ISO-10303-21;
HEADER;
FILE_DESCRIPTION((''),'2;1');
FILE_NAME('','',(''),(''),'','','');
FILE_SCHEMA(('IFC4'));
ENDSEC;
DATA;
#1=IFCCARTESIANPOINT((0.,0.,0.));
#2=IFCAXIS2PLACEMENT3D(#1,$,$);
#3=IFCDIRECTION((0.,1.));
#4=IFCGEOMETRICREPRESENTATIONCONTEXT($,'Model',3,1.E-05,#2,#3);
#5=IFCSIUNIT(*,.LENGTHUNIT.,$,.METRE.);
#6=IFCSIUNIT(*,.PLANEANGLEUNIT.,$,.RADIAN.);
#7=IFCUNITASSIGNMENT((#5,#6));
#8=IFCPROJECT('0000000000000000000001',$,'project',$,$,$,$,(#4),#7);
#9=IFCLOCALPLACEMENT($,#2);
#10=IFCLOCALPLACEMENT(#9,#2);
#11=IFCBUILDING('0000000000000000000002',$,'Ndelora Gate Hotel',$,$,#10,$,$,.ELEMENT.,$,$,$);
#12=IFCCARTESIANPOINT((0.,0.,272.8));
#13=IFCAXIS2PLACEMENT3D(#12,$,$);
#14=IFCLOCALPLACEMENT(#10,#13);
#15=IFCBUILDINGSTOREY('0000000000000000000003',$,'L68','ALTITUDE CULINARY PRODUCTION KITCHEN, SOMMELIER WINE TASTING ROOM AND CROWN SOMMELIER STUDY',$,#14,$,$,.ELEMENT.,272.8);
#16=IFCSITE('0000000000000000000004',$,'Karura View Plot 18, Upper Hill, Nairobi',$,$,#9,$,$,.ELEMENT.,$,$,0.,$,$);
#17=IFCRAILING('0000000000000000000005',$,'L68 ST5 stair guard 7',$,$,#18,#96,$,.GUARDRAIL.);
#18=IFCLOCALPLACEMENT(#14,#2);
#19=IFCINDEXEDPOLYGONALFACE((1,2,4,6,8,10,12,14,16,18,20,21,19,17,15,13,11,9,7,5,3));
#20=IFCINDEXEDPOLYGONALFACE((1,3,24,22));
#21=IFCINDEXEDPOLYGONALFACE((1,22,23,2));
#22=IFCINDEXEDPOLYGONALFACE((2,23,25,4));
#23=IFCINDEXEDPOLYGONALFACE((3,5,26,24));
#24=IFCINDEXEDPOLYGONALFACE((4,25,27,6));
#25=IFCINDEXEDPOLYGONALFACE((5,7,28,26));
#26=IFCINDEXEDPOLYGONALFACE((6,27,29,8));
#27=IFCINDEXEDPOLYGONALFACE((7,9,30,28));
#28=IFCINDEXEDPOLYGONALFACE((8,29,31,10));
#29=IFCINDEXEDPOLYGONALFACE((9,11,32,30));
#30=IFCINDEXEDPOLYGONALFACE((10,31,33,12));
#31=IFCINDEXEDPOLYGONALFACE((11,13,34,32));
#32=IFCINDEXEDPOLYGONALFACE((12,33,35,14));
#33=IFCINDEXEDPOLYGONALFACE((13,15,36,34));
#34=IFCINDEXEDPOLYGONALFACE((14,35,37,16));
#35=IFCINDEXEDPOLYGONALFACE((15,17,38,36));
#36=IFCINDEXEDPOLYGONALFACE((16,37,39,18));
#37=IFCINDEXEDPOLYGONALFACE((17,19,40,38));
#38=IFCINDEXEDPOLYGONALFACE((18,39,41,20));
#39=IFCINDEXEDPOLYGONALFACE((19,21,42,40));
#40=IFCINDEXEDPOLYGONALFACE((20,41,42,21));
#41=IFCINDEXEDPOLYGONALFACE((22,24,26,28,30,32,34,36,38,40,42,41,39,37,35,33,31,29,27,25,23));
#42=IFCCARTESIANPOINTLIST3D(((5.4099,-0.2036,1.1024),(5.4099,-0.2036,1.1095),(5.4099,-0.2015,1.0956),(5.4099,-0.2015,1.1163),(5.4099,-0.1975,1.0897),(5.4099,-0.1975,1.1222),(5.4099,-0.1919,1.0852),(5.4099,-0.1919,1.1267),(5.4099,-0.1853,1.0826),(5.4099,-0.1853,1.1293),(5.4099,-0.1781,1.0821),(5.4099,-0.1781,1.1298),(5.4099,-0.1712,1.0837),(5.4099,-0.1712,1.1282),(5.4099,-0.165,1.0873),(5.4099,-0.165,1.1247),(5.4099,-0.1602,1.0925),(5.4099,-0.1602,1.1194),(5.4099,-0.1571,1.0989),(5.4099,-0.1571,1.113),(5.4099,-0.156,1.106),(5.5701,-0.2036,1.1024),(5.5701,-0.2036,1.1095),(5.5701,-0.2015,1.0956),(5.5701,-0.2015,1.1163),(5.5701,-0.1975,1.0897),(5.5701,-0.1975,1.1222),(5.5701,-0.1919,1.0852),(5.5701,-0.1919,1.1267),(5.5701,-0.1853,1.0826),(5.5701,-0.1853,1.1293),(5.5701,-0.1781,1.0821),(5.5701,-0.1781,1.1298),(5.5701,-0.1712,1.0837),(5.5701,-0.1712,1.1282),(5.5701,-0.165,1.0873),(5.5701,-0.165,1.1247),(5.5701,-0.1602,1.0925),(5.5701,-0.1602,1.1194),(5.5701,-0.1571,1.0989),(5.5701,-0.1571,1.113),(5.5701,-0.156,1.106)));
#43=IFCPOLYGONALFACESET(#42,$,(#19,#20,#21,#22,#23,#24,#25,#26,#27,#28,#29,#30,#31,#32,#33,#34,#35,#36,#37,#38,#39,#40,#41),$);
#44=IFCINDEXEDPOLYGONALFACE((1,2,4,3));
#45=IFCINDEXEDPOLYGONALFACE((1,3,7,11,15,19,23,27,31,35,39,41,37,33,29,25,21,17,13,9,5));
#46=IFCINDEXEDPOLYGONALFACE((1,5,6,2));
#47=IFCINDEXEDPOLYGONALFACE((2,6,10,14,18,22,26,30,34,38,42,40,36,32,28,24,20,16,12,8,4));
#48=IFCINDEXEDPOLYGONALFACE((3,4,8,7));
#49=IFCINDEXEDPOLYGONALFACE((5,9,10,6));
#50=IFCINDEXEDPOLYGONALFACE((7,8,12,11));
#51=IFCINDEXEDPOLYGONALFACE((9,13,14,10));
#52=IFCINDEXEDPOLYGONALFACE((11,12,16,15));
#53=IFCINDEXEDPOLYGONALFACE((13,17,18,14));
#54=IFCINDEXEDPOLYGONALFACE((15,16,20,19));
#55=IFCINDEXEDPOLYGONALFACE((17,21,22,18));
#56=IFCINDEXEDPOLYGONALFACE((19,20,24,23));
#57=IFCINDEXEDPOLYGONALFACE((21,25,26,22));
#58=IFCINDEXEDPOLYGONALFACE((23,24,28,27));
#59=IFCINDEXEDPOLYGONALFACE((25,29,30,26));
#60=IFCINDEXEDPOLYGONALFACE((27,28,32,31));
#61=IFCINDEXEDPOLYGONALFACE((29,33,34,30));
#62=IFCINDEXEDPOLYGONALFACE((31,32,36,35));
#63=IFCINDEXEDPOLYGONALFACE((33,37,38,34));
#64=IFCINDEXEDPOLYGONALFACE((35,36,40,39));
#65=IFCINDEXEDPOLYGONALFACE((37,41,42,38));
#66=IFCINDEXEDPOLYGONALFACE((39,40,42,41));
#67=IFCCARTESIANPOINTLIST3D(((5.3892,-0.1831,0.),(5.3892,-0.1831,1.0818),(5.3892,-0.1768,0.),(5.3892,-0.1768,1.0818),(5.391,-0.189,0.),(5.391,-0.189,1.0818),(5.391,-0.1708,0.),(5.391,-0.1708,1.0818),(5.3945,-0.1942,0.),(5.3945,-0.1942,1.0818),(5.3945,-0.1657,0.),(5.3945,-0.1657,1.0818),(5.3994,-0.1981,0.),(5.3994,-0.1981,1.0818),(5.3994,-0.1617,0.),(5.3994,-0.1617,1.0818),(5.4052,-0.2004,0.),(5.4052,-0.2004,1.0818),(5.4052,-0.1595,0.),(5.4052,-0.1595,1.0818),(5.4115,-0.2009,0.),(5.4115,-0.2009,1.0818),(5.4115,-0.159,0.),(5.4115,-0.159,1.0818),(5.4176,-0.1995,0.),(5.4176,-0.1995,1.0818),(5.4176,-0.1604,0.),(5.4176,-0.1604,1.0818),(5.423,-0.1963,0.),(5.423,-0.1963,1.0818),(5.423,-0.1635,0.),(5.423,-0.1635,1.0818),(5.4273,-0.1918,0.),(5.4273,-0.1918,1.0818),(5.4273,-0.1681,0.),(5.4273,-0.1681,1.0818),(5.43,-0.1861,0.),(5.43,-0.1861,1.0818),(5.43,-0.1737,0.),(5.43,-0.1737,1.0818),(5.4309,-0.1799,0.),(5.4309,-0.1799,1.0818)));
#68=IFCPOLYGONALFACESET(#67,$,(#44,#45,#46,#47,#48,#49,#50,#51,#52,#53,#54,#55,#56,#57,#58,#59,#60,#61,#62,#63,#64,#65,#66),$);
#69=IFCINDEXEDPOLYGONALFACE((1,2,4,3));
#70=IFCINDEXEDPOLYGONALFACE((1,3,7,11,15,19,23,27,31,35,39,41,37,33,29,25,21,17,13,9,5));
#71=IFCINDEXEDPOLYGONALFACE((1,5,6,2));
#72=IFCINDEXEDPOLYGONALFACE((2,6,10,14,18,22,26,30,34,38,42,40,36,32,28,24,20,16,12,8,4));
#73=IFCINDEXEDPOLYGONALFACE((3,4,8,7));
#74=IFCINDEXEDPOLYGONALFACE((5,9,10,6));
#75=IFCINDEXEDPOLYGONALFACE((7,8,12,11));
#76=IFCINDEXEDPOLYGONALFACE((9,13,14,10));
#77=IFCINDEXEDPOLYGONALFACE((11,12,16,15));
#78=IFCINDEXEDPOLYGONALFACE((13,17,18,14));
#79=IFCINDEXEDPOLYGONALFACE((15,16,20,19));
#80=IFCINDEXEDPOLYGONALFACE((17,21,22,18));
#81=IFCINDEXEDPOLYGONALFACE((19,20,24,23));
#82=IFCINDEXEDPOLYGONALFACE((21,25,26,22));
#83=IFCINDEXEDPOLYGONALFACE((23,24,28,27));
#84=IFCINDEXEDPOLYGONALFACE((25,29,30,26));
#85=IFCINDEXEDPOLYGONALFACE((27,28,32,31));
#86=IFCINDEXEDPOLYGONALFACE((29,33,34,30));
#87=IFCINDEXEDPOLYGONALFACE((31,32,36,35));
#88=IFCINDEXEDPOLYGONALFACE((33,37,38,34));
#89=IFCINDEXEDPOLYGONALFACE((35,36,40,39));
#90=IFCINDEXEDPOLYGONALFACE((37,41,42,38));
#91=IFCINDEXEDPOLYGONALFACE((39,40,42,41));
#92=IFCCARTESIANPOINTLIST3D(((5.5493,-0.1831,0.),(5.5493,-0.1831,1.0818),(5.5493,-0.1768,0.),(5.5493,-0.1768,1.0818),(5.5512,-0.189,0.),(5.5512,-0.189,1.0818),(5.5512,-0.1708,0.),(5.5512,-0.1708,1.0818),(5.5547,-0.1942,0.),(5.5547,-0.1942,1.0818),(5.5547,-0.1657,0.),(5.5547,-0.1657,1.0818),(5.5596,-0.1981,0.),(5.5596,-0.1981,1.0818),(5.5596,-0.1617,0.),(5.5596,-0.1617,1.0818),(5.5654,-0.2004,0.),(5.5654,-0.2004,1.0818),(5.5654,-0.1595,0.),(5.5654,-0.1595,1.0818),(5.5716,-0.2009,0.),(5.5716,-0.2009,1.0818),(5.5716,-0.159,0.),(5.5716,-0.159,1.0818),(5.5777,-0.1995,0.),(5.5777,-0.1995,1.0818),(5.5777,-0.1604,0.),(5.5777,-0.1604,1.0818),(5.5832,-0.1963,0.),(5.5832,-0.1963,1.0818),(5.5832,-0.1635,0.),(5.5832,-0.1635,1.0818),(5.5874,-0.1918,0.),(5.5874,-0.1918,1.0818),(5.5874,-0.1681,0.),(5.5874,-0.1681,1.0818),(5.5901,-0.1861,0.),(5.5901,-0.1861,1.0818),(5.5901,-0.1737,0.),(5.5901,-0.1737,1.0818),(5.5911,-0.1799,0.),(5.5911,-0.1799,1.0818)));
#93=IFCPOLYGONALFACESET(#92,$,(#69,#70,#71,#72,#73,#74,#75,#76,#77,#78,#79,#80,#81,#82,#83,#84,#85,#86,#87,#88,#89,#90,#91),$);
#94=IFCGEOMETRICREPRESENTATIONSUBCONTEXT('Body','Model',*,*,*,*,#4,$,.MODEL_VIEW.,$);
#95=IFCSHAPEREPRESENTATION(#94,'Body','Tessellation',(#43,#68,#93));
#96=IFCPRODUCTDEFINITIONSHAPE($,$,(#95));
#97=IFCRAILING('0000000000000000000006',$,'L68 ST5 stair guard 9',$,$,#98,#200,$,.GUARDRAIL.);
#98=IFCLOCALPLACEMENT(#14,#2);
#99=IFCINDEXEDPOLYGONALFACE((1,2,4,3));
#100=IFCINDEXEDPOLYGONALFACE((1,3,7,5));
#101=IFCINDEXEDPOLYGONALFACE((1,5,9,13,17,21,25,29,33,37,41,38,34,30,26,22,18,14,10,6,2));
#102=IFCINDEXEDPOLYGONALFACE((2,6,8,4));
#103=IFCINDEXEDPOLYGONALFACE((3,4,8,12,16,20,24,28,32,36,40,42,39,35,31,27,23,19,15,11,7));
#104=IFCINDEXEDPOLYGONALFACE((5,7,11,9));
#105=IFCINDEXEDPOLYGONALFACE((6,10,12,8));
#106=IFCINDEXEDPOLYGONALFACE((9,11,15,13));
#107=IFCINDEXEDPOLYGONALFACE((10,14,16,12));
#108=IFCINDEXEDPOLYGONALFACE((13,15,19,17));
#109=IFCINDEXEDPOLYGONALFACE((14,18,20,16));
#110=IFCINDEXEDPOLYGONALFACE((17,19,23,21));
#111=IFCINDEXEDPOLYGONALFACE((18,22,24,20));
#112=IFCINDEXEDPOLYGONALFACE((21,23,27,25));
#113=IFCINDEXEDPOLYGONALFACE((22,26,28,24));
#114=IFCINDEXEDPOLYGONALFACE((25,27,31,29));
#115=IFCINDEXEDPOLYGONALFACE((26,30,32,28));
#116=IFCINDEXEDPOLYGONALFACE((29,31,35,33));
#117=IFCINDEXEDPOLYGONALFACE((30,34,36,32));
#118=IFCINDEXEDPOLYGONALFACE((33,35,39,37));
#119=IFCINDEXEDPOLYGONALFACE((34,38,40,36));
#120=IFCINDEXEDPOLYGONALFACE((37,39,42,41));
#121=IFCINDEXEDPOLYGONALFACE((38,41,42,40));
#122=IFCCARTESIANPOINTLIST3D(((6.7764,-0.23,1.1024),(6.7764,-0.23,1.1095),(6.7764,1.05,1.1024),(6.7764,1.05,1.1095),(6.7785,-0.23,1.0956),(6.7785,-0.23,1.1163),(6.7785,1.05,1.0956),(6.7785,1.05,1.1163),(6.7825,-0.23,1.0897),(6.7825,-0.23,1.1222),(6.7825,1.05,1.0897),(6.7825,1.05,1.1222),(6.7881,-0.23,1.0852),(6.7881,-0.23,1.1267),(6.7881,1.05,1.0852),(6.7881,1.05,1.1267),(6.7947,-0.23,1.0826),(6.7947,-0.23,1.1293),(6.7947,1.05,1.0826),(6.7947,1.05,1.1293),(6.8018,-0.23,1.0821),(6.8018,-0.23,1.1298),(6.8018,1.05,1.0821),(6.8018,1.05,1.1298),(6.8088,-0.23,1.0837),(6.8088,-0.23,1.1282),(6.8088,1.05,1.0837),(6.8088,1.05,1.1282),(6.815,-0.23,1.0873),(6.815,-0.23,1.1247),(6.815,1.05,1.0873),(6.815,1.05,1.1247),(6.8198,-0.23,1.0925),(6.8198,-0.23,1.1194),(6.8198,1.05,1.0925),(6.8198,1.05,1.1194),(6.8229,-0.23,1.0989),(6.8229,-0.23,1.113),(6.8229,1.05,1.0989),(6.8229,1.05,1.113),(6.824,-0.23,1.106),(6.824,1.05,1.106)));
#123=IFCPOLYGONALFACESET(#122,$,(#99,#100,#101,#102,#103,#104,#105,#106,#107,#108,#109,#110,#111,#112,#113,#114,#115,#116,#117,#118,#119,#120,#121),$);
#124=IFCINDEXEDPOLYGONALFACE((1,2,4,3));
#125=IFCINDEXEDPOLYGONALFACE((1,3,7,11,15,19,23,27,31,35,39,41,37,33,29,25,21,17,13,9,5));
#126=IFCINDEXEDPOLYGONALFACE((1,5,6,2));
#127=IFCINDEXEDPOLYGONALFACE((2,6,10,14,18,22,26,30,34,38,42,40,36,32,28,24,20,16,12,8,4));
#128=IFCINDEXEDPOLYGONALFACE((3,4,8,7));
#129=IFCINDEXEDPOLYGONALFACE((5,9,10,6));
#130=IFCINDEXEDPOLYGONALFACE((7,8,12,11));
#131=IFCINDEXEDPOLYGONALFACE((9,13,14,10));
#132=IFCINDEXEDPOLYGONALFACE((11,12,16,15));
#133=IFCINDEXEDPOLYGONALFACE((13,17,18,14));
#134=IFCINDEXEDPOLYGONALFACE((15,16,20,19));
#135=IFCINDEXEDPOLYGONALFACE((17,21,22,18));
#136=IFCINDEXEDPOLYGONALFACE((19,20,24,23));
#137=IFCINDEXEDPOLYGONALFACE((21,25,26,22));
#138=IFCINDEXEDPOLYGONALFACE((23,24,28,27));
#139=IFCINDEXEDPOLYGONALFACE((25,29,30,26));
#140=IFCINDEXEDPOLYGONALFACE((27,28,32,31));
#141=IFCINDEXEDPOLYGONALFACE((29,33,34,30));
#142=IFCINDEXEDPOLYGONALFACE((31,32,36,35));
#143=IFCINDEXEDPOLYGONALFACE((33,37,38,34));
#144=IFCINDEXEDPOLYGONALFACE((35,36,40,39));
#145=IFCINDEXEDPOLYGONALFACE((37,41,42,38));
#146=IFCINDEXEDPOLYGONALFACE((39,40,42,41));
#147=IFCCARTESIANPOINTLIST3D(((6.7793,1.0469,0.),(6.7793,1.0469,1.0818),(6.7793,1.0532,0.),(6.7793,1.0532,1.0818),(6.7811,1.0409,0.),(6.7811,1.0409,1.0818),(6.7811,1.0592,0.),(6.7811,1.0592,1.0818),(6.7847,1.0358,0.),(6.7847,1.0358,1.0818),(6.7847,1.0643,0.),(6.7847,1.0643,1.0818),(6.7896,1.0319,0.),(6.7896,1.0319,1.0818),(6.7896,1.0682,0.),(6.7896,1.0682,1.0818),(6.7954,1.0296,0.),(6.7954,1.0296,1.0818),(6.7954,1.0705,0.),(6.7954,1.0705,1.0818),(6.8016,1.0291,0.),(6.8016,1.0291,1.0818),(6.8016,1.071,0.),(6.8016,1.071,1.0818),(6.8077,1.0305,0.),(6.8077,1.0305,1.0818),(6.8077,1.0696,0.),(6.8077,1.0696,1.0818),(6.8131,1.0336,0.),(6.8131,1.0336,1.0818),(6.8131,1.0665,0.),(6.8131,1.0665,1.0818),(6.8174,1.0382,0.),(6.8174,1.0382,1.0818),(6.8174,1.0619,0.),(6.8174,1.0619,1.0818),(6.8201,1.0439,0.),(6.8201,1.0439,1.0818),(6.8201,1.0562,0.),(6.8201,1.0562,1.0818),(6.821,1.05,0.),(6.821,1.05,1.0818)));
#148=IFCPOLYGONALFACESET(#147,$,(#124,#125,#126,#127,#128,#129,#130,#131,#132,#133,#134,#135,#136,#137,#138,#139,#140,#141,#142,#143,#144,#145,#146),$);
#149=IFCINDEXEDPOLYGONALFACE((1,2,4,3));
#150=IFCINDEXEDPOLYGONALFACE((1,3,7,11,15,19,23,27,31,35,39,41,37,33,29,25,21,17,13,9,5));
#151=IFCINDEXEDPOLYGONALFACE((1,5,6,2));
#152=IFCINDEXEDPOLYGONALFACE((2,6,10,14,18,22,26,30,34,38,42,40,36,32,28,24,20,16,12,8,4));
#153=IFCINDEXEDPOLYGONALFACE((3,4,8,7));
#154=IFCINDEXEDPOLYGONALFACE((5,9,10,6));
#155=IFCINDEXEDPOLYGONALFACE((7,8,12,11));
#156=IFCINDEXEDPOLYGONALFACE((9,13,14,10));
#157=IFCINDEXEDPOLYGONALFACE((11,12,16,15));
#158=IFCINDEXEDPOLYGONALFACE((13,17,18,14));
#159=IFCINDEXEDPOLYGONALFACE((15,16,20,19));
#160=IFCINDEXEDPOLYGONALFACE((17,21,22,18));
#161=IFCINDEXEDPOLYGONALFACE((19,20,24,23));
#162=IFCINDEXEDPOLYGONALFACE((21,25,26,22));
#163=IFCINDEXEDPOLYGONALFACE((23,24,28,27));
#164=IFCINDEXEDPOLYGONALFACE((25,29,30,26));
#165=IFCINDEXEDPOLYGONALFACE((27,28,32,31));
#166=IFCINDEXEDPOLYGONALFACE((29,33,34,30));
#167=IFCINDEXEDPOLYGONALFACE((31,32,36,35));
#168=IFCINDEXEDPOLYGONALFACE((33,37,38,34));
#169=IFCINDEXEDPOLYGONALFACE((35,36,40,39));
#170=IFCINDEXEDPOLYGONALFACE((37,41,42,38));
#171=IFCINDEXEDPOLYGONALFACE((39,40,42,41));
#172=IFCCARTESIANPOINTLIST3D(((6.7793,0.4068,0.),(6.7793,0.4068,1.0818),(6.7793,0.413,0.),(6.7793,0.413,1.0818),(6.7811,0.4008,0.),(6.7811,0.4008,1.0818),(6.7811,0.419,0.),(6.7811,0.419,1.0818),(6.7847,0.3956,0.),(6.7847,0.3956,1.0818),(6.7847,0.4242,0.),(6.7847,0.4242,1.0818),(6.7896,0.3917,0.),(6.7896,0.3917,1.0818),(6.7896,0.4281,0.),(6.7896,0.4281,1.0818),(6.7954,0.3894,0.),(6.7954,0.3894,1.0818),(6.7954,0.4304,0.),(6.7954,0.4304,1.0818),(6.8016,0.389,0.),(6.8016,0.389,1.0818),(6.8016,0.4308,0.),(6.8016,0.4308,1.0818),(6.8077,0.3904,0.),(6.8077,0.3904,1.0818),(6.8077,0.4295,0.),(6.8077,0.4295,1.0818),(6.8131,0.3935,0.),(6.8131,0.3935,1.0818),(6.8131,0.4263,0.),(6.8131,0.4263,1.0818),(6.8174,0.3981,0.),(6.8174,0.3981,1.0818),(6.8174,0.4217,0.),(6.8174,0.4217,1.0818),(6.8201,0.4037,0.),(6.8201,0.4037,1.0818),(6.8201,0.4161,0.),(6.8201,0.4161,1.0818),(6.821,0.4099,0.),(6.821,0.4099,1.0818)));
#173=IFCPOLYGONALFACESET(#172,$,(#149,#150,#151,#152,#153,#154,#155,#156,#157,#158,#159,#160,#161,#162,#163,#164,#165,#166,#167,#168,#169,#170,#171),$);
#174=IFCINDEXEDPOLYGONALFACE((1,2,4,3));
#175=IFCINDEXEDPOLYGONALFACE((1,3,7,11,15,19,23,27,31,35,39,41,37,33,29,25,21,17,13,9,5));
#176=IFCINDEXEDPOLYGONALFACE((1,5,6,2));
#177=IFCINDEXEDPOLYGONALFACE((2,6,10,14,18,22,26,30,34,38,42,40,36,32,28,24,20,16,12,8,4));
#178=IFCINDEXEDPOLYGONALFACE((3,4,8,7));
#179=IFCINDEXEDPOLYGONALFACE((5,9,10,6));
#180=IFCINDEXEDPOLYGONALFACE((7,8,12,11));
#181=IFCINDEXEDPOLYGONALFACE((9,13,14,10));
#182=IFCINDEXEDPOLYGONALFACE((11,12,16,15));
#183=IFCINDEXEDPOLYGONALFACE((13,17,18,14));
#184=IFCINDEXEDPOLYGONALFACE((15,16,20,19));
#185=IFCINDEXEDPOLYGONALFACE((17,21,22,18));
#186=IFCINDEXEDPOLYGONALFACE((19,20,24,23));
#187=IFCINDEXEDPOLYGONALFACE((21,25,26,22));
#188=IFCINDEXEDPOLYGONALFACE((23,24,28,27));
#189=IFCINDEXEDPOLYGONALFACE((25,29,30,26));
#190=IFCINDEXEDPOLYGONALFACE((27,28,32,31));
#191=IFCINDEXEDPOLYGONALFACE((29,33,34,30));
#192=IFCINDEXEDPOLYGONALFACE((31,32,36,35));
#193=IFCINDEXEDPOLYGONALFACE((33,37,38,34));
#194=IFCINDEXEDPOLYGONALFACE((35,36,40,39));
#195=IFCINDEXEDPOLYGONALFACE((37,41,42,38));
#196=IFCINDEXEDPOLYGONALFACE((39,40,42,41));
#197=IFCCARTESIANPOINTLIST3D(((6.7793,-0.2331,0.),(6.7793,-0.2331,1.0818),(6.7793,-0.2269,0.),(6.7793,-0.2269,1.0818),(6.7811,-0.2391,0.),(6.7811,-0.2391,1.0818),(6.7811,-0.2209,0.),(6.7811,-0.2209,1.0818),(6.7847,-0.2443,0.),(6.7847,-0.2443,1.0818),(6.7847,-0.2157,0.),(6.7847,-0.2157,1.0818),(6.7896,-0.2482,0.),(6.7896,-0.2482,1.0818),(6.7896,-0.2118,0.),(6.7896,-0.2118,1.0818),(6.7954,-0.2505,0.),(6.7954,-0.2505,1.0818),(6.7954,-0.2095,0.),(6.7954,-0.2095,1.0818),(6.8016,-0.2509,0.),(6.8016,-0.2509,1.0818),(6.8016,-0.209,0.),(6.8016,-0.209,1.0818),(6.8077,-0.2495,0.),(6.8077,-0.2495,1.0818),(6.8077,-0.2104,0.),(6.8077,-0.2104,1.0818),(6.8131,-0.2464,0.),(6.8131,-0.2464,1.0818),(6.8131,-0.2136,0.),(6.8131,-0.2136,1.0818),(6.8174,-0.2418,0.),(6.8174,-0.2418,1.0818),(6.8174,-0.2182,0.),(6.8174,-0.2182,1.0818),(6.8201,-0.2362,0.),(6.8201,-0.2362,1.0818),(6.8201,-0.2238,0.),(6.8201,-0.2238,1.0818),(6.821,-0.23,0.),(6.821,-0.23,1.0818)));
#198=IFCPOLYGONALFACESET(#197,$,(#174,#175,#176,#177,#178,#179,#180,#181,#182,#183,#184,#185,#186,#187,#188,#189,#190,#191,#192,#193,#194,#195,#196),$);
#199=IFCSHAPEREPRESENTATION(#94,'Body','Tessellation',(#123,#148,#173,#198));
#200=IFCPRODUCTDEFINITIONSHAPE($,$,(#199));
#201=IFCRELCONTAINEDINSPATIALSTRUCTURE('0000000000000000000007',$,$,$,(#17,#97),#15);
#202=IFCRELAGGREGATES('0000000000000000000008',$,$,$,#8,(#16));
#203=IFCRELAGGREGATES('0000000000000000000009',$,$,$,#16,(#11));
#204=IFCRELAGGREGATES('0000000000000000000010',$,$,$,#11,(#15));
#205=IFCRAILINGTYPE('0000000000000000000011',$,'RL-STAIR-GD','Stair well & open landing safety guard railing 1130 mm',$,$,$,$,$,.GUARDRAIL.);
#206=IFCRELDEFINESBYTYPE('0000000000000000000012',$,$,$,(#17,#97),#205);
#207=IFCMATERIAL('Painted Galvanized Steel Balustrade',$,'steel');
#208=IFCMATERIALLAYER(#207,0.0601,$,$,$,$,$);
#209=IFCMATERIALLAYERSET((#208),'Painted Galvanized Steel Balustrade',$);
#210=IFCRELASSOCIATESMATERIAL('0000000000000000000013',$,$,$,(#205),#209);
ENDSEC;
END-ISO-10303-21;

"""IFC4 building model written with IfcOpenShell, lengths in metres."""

from ifc_helpers import new_model, si_unit, direction, frame, origin, origin_2d, place, context, subcontext, project, spatial, circle, extrude, material, layer, layer_set, type_object, element, save


model = new_model("IFC4")

# Units and contexts
model_context = context("Model", 3, precision=1e-05, world=origin(), true_north=direction((0.0, 1.0)))
body_context = subcontext(model_context, "Body", "Model", "MODEL_VIEW")
ifc_project = project(units=[si_unit("LENGTHUNIT", "METRE"), si_unit("PLANEANGLEUNIT", "RADIAN")], contexts=[model_context])

# Site, building, storey
site_placement = place(None, origin())
site = spatial("IfcSite", under=ifc_project, at=site_placement, Name="Karura View Plot 18, Upper Hill, Nairobi", CompositionType="ELEMENT", RefElevation=0.0)
building_placement = place(site_placement, origin())
building = spatial("IfcBuilding", under=site, at=building_placement, Name="Ndelora Gate Hotel", CompositionType="ELEMENT")
storey_placement = place(building_placement, frame((0.0, 0.0, 272.8)))
storey = spatial("IfcBuildingStorey", under=building, at=storey_placement, Name="L68", Description="ALTITUDE CULINARY PRODUCTION KITCHEN, SOMMELIER WINE TASTING ROOM AND CROWN SOMMELIER STUDY", CompositionType="ELEMENT", Elevation=272.8)

# Railings
ifc_material_1 = material(Name="Painted Galvanized Steel Balustrade", Category="steel")
ifc_layer_1 = layer(ifc_material_1, 0.0601)
ifc_layer_set_1 = layer_set([ifc_layer_1], Name="Painted Galvanized Steel Balustrade")
railing_type = type_object("IfcRailingType", Name="RL-STAIR-GD", Description="Stair well & open landing safety guard railing 1130 mm", PredefinedType="GUARDRAIL", material=ifc_layer_set_1)
railing_1_placement = place(storey_placement, frame((5.4099, -0.1799, 0.0)))
element("IfcRailing", 1, at=railing_1_placement, inside=storey, type_object=railing_type, Name="L68 ST5 stair guard 7", PredefinedType="GUARDRAIL", context=body_context, shape_type="SweptSolid", body=[
    extrude(circle(Radius=0.0239, at=origin_2d()), frame((0.0, 0.0, 1.106), z_axis=(1.0, 0.0, 0.0), x_axis=(0.0, 1.0, 0.0)), (0.0, 0.0, 1.0), 0.1602),
    extrude(circle(Radius=0.021, at=origin_2d()), origin(), (0.0, 0.0, 1.0), 1.0818),
    extrude(circle(Radius=0.021, at=origin_2d()), frame((0.1602, 0.0, 0.0)), (0.0, 0.0, 1.0), 1.0818),
])
railing_2_placement = place(storey_placement, frame((6.8, 1.05, 0.0)))
element("IfcRailing", 2, at=railing_2_placement, inside=storey, type_object=railing_type, Name="L68 ST5 stair guard 9", PredefinedType="GUARDRAIL", context=body_context, shape_type="SweptSolid", body=[
    extrude(circle(Radius=0.0239, at=origin_2d()), frame((0.0, 0.0, 1.106), z_axis=(0.0, -1.0, 0.0), x_axis=(1.0, 0.0, 0.0)), (0.0, 0.0, 1.0), 1.28),
    extrude(circle(Radius=0.021, at=origin_2d()), origin(), (0.0, 0.0, 1.0), 1.0818),
    extrude(circle(Radius=0.021, at=origin_2d()), frame((0.0, -0.6401, 0.0)), (0.0, 0.0, 1.0), 1.0818),
    extrude(circle(Radius=0.021, at=origin_2d()), frame((0.0, -1.28, 0.0)), (0.0, 0.0, 1.0), 1.0818),
])

save(model, "model.ifc")
